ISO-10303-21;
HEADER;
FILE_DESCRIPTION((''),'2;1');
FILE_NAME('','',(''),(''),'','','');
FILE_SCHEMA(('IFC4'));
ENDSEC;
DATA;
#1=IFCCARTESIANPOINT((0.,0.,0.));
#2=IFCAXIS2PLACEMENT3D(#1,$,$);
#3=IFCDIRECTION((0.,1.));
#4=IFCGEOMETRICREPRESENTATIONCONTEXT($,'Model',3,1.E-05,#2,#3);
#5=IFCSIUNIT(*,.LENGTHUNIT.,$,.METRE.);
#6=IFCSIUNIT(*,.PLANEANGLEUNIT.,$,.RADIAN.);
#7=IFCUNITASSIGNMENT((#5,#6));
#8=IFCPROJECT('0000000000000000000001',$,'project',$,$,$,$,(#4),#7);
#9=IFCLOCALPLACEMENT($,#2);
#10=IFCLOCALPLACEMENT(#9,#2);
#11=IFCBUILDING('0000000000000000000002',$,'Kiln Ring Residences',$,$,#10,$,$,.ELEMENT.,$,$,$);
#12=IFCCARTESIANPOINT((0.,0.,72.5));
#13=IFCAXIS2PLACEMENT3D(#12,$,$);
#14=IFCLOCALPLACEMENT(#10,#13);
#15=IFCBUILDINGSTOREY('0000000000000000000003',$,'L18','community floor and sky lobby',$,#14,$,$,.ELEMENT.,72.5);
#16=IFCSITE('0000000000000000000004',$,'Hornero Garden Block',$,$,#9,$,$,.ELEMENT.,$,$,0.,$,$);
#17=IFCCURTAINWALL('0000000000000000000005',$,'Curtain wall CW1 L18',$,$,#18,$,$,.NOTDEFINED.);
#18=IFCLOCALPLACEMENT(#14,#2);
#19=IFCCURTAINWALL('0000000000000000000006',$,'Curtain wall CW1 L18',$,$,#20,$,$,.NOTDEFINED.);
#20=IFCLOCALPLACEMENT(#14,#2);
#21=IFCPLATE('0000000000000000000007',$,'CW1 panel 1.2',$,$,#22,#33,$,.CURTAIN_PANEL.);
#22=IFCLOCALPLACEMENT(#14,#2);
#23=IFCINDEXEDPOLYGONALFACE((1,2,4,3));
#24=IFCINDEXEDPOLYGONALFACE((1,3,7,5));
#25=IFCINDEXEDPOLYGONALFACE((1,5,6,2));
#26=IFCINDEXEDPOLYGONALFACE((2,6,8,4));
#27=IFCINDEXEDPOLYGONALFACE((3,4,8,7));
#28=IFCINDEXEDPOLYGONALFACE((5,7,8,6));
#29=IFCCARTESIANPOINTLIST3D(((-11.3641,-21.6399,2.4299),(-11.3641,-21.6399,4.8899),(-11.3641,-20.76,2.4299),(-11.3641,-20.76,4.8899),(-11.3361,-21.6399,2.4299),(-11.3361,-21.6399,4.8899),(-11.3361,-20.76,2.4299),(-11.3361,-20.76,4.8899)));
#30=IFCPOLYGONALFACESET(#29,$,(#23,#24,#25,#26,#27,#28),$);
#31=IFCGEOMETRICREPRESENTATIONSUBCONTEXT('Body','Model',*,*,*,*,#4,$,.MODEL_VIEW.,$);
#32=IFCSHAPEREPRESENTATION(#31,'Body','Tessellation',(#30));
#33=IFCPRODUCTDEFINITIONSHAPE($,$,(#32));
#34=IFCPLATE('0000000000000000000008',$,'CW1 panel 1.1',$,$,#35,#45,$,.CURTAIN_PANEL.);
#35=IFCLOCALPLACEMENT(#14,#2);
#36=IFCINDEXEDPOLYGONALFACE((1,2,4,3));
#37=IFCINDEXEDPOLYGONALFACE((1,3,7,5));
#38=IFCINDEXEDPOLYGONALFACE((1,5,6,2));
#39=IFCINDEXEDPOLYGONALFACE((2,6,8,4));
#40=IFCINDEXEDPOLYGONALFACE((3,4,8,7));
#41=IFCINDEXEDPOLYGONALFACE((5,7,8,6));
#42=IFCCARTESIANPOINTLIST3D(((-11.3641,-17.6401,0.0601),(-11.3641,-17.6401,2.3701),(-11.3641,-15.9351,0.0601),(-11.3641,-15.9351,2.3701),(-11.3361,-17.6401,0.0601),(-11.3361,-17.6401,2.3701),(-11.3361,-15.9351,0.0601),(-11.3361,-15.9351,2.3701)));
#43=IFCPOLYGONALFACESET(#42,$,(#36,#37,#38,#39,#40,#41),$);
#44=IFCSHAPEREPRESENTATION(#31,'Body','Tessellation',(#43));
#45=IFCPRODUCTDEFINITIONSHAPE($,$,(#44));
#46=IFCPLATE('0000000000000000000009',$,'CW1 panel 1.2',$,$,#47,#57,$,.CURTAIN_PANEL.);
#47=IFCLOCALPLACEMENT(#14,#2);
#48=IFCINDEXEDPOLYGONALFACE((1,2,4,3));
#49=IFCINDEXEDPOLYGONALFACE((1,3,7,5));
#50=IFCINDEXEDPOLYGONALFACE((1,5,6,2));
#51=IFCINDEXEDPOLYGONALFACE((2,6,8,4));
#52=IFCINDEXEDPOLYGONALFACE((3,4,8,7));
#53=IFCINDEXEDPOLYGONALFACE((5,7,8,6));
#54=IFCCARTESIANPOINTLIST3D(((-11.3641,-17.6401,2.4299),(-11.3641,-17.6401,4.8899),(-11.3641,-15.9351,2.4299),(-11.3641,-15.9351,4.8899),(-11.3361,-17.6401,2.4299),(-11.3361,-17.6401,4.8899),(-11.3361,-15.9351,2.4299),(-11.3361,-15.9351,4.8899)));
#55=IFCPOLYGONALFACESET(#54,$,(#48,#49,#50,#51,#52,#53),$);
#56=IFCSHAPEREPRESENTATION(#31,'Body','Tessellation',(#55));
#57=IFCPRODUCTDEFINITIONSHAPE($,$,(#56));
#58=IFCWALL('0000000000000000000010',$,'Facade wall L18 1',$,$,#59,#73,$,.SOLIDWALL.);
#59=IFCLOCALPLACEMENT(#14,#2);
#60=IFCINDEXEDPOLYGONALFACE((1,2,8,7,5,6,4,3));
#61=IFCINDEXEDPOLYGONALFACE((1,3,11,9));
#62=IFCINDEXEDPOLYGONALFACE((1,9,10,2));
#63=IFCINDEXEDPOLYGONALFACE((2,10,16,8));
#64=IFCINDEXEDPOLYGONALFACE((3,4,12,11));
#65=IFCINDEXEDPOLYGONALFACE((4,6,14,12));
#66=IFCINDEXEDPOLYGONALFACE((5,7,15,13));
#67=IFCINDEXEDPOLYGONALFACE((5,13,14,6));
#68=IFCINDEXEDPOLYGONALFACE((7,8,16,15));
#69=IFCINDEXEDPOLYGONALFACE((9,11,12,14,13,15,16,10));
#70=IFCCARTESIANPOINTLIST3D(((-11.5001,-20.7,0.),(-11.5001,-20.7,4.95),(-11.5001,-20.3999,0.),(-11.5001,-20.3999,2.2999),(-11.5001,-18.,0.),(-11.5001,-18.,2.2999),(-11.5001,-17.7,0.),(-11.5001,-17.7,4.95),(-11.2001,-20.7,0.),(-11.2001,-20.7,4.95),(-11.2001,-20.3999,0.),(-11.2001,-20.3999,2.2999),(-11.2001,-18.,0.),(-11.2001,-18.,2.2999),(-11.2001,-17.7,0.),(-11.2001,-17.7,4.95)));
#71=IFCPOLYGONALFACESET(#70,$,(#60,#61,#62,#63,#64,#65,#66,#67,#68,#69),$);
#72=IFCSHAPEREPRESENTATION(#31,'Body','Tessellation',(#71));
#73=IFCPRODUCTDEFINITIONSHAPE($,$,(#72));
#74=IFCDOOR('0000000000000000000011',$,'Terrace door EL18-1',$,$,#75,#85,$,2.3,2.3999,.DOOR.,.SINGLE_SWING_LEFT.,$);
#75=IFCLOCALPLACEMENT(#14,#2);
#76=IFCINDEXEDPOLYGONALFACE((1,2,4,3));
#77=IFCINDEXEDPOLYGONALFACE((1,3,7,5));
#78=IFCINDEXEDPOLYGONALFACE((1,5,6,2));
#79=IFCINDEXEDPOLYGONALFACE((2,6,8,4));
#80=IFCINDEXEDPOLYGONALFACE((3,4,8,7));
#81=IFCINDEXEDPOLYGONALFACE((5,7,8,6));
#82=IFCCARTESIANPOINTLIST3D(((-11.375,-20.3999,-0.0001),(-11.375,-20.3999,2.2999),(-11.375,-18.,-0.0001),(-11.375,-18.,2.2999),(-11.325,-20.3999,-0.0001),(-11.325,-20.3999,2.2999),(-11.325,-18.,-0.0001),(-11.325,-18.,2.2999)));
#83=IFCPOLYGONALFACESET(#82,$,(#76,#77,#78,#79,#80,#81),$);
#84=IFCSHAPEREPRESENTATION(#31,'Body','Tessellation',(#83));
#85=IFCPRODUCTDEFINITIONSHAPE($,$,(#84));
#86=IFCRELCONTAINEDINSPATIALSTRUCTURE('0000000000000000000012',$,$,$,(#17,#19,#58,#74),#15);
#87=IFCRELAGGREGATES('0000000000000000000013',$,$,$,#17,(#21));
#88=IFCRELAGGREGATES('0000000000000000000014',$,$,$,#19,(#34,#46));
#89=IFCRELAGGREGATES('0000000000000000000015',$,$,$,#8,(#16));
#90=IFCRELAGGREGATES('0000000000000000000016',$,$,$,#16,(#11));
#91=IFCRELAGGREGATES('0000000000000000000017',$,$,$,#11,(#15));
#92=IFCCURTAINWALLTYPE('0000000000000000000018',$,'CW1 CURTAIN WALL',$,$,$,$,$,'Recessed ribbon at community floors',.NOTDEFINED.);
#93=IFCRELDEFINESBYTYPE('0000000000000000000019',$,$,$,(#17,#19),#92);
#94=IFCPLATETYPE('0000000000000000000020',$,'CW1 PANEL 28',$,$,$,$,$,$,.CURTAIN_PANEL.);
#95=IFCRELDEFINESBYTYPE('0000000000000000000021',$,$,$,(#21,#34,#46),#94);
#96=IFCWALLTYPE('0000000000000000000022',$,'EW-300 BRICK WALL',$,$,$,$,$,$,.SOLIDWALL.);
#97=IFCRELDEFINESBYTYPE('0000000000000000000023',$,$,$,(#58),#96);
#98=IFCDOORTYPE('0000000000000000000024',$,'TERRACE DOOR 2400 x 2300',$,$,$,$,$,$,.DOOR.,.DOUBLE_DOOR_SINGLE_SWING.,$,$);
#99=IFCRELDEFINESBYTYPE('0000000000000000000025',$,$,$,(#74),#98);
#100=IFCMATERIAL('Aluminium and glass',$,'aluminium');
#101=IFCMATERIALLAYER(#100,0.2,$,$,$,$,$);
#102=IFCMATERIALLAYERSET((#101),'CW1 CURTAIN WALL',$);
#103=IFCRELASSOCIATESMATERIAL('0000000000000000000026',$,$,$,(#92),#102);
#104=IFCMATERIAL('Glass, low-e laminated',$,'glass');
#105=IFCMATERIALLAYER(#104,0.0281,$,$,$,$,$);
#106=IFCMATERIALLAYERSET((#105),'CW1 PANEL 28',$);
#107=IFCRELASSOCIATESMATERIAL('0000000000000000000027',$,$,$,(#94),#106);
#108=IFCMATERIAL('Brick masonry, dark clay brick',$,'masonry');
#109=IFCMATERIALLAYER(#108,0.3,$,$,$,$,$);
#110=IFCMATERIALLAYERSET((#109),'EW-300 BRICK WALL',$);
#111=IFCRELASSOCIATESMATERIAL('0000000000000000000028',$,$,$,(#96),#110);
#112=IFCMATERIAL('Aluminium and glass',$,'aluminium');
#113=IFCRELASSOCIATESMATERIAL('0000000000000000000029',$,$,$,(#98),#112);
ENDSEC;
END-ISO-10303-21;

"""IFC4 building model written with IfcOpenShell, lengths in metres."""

from ifc_helpers import new_model, si_unit, direction, frame, frame_2d, origin, origin_2d, place, context, subcontext, project, spatial, rectangle, extrude, material, layer, layer_set, type_object, element, fill, aggregate, save


model = new_model("IFC4")

# Units and contexts
model_context = context("Model", 3, precision=1e-05, world=origin(), true_north=direction((0.0, 1.0)))
body_context = subcontext(model_context, "Body", "Model", "MODEL_VIEW")
ifc_project = project(units=[si_unit("LENGTHUNIT", "METRE"), si_unit("PLANEANGLEUNIT", "RADIAN")], contexts=[model_context])

# Site, building, storey
site_placement = place(None, origin())
site = spatial("IfcSite", under=ifc_project, at=site_placement, Name="Hornero Garden Block", CompositionType="ELEMENT", RefElevation=0.0)
building_placement = place(site_placement, origin())
building = spatial("IfcBuilding", under=site, at=building_placement, Name="Kiln Ring Residences", CompositionType="ELEMENT")
storey_placement = place(building_placement, frame((0.0, 0.0, 72.5)))
storey = spatial("IfcBuildingStorey", under=building, at=storey_placement, Name="L18", Description="community floor and sky lobby", CompositionType="ELEMENT", Elevation=72.5)

# Curtain wall
ifc_material_1 = material(Name="Aluminium and glass", Category="aluminium")
ifc_layer_1 = layer(ifc_material_1, 0.2)
ifc_layer_set_1 = layer_set([ifc_layer_1], Name="CW1 CURTAIN WALL")
curtain_wall_type = type_object("IfcCurtainWallType", Name="CW1 CURTAIN WALL", ElementType="Recessed ribbon at community floors", PredefinedType="NOTDEFINED", material=ifc_layer_set_1)
placement = place(storey_placement, origin())
curtain_wall_1 = element("IfcCurtainWall", 1, at=placement, inside=storey, type_object=curtain_wall_type, Name="Curtain wall CW1 L18", PredefinedType="NOTDEFINED")

# Curtain wall
curtain_wall_2 = element("IfcCurtainWall", 2, at=placement, inside=storey, type_object=curtain_wall_type, Name="Curtain wall CW1 L18", PredefinedType="NOTDEFINED")

# Plates
ifc_material_2 = material(Name="Glass, low-e laminated", Category="glass")
ifc_layer_2 = layer(ifc_material_2, 0.0281)
ifc_layer_set_2 = layer_set([ifc_layer_2], Name="CW1 PANEL 28")
plate_type = type_object("IfcPlateType", Name="CW1 PANEL 28", PredefinedType="CURTAIN_PANEL", material=ifc_layer_set_2)
plate_1_placement = place(storey_placement, frame((-11.3501, -21.2, 2.4299), z_axis=(0.0, 0.0, 1.0), x_axis=(0.0, 1.0, 0.0)))
plate_1 = element("IfcPlate", 3, at=plate_1_placement, type_object=plate_type, Name="CW1 panel 1.2", PredefinedType="CURTAIN_PANEL", context=body_context, shape_type="SweptSolid", body=[
    extrude(rectangle(XDim=0.8799, YDim=0.0281, at=origin_2d()), origin(), (0.0, 0.0, 1.0), 2.46),
])
aggregate(curtain_wall_1, [plate_1])
plate_2_placement = place(storey_placement, frame((-11.3501, -16.7876, 0.0601), z_axis=(0.0, 0.0, 1.0), x_axis=(0.0, 1.0, 0.0)))
plate_2 = element("IfcPlate", 4, at=plate_2_placement, type_object=plate_type, Name="CW1 panel 1.1", PredefinedType="CURTAIN_PANEL", context=body_context, shape_type="SweptSolid", body=[
    extrude(rectangle(XDim=1.7051, YDim=0.0281, at=origin_2d()), origin(), (0.0, 0.0, 1.0), 2.3101),
])
plate_3_placement = place(storey_placement, frame((-11.3501, -16.7876, 2.4299), z_axis=(0.0, 0.0, 1.0), x_axis=(0.0, 1.0, 0.0)))
plate_3 = element("IfcPlate", 5, at=plate_3_placement, type_object=plate_type, Name="CW1 panel 1.2", PredefinedType="CURTAIN_PANEL", context=body_context, shape_type="SweptSolid", body=[
    extrude(rectangle(XDim=1.7051, YDim=0.0281, at=origin_2d()), origin(), (0.0, 0.0, 1.0), 2.46),
])
aggregate(curtain_wall_2, [plate_2, plate_3])

# Wall, opening, door
ifc_material_3 = material(Name="Brick masonry, dark clay brick", Category="masonry")
ifc_layer_3 = layer(ifc_material_3, 0.3)
ifc_layer_set_3 = layer_set([ifc_layer_3], Name="EW-300 BRICK WALL")
wall_type = type_object("IfcWallType", Name="EW-300 BRICK WALL", PredefinedType="SOLIDWALL", material=ifc_layer_set_3)
wall_placement = place(storey_placement, frame((-11.3501, -20.7, 0.0), z_axis=(0.0, 0.0, 1.0), x_axis=(0.0, 1.0, 0.0)))
wall = element("IfcWall", 6, at=wall_placement, inside=storey, type_object=wall_type, Name="Facade wall L18 1", PredefinedType="SOLIDWALL", context=body_context, shape_type="SweptSolid", body=[
    extrude(rectangle(XDim=3.0, YDim=0.3, at=frame_2d((1.5, 0.0))), origin(), (0.0, 0.0, 1.0), 4.95),
])
opening_placement = place(wall_placement, frame((0.3, 0.0, 0.0)))
opening = element("IfcOpeningElement", 7, at=opening_placement, cuts=wall, PredefinedType="OPENING", context=body_context, shape_type="SweptSolid", body=[
    extrude(rectangle(XDim=2.3999, YDim=2.3, at=frame_2d((1.2, 1.1499))), frame((0.0, 0.1599, 0.0), z_axis=(0.0, -1.0, 0.0), x_axis=(1.0, 0.0, 0.0)), (0.0, 0.0, 1.0), 0.3201),
])
ifc_material_4 = material(Name="Aluminium and glass", Category="aluminium")
door_type = type_object("IfcDoorType", Name="TERRACE DOOR 2400 x 2300", OperationType="DOUBLE_DOOR_SINGLE_SWING", PredefinedType="DOOR", material=ifc_material_4)
door_placement = place(opening_placement, origin())
door = element("IfcDoor", 8, at=door_placement, inside=storey, type_object=door_type, Name="Terrace door EL18-1", OperationType="SINGLE_SWING_LEFT", OverallHeight=2.3, OverallWidth=2.3999, PredefinedType="DOOR", context=body_context, shape_type="SweptSolid", body=[
    extrude(rectangle(XDim=2.3999, YDim=2.3, at=frame_2d((1.2, 1.1499))), frame((0.0, 0.0249, 0.0), z_axis=(0.0, -1.0, 0.0), x_axis=(1.0, 0.0, 0.0)), (0.0, 0.0, 1.0), 0.05),
])
fill(opening, door)

save(model, "model.ifc")
